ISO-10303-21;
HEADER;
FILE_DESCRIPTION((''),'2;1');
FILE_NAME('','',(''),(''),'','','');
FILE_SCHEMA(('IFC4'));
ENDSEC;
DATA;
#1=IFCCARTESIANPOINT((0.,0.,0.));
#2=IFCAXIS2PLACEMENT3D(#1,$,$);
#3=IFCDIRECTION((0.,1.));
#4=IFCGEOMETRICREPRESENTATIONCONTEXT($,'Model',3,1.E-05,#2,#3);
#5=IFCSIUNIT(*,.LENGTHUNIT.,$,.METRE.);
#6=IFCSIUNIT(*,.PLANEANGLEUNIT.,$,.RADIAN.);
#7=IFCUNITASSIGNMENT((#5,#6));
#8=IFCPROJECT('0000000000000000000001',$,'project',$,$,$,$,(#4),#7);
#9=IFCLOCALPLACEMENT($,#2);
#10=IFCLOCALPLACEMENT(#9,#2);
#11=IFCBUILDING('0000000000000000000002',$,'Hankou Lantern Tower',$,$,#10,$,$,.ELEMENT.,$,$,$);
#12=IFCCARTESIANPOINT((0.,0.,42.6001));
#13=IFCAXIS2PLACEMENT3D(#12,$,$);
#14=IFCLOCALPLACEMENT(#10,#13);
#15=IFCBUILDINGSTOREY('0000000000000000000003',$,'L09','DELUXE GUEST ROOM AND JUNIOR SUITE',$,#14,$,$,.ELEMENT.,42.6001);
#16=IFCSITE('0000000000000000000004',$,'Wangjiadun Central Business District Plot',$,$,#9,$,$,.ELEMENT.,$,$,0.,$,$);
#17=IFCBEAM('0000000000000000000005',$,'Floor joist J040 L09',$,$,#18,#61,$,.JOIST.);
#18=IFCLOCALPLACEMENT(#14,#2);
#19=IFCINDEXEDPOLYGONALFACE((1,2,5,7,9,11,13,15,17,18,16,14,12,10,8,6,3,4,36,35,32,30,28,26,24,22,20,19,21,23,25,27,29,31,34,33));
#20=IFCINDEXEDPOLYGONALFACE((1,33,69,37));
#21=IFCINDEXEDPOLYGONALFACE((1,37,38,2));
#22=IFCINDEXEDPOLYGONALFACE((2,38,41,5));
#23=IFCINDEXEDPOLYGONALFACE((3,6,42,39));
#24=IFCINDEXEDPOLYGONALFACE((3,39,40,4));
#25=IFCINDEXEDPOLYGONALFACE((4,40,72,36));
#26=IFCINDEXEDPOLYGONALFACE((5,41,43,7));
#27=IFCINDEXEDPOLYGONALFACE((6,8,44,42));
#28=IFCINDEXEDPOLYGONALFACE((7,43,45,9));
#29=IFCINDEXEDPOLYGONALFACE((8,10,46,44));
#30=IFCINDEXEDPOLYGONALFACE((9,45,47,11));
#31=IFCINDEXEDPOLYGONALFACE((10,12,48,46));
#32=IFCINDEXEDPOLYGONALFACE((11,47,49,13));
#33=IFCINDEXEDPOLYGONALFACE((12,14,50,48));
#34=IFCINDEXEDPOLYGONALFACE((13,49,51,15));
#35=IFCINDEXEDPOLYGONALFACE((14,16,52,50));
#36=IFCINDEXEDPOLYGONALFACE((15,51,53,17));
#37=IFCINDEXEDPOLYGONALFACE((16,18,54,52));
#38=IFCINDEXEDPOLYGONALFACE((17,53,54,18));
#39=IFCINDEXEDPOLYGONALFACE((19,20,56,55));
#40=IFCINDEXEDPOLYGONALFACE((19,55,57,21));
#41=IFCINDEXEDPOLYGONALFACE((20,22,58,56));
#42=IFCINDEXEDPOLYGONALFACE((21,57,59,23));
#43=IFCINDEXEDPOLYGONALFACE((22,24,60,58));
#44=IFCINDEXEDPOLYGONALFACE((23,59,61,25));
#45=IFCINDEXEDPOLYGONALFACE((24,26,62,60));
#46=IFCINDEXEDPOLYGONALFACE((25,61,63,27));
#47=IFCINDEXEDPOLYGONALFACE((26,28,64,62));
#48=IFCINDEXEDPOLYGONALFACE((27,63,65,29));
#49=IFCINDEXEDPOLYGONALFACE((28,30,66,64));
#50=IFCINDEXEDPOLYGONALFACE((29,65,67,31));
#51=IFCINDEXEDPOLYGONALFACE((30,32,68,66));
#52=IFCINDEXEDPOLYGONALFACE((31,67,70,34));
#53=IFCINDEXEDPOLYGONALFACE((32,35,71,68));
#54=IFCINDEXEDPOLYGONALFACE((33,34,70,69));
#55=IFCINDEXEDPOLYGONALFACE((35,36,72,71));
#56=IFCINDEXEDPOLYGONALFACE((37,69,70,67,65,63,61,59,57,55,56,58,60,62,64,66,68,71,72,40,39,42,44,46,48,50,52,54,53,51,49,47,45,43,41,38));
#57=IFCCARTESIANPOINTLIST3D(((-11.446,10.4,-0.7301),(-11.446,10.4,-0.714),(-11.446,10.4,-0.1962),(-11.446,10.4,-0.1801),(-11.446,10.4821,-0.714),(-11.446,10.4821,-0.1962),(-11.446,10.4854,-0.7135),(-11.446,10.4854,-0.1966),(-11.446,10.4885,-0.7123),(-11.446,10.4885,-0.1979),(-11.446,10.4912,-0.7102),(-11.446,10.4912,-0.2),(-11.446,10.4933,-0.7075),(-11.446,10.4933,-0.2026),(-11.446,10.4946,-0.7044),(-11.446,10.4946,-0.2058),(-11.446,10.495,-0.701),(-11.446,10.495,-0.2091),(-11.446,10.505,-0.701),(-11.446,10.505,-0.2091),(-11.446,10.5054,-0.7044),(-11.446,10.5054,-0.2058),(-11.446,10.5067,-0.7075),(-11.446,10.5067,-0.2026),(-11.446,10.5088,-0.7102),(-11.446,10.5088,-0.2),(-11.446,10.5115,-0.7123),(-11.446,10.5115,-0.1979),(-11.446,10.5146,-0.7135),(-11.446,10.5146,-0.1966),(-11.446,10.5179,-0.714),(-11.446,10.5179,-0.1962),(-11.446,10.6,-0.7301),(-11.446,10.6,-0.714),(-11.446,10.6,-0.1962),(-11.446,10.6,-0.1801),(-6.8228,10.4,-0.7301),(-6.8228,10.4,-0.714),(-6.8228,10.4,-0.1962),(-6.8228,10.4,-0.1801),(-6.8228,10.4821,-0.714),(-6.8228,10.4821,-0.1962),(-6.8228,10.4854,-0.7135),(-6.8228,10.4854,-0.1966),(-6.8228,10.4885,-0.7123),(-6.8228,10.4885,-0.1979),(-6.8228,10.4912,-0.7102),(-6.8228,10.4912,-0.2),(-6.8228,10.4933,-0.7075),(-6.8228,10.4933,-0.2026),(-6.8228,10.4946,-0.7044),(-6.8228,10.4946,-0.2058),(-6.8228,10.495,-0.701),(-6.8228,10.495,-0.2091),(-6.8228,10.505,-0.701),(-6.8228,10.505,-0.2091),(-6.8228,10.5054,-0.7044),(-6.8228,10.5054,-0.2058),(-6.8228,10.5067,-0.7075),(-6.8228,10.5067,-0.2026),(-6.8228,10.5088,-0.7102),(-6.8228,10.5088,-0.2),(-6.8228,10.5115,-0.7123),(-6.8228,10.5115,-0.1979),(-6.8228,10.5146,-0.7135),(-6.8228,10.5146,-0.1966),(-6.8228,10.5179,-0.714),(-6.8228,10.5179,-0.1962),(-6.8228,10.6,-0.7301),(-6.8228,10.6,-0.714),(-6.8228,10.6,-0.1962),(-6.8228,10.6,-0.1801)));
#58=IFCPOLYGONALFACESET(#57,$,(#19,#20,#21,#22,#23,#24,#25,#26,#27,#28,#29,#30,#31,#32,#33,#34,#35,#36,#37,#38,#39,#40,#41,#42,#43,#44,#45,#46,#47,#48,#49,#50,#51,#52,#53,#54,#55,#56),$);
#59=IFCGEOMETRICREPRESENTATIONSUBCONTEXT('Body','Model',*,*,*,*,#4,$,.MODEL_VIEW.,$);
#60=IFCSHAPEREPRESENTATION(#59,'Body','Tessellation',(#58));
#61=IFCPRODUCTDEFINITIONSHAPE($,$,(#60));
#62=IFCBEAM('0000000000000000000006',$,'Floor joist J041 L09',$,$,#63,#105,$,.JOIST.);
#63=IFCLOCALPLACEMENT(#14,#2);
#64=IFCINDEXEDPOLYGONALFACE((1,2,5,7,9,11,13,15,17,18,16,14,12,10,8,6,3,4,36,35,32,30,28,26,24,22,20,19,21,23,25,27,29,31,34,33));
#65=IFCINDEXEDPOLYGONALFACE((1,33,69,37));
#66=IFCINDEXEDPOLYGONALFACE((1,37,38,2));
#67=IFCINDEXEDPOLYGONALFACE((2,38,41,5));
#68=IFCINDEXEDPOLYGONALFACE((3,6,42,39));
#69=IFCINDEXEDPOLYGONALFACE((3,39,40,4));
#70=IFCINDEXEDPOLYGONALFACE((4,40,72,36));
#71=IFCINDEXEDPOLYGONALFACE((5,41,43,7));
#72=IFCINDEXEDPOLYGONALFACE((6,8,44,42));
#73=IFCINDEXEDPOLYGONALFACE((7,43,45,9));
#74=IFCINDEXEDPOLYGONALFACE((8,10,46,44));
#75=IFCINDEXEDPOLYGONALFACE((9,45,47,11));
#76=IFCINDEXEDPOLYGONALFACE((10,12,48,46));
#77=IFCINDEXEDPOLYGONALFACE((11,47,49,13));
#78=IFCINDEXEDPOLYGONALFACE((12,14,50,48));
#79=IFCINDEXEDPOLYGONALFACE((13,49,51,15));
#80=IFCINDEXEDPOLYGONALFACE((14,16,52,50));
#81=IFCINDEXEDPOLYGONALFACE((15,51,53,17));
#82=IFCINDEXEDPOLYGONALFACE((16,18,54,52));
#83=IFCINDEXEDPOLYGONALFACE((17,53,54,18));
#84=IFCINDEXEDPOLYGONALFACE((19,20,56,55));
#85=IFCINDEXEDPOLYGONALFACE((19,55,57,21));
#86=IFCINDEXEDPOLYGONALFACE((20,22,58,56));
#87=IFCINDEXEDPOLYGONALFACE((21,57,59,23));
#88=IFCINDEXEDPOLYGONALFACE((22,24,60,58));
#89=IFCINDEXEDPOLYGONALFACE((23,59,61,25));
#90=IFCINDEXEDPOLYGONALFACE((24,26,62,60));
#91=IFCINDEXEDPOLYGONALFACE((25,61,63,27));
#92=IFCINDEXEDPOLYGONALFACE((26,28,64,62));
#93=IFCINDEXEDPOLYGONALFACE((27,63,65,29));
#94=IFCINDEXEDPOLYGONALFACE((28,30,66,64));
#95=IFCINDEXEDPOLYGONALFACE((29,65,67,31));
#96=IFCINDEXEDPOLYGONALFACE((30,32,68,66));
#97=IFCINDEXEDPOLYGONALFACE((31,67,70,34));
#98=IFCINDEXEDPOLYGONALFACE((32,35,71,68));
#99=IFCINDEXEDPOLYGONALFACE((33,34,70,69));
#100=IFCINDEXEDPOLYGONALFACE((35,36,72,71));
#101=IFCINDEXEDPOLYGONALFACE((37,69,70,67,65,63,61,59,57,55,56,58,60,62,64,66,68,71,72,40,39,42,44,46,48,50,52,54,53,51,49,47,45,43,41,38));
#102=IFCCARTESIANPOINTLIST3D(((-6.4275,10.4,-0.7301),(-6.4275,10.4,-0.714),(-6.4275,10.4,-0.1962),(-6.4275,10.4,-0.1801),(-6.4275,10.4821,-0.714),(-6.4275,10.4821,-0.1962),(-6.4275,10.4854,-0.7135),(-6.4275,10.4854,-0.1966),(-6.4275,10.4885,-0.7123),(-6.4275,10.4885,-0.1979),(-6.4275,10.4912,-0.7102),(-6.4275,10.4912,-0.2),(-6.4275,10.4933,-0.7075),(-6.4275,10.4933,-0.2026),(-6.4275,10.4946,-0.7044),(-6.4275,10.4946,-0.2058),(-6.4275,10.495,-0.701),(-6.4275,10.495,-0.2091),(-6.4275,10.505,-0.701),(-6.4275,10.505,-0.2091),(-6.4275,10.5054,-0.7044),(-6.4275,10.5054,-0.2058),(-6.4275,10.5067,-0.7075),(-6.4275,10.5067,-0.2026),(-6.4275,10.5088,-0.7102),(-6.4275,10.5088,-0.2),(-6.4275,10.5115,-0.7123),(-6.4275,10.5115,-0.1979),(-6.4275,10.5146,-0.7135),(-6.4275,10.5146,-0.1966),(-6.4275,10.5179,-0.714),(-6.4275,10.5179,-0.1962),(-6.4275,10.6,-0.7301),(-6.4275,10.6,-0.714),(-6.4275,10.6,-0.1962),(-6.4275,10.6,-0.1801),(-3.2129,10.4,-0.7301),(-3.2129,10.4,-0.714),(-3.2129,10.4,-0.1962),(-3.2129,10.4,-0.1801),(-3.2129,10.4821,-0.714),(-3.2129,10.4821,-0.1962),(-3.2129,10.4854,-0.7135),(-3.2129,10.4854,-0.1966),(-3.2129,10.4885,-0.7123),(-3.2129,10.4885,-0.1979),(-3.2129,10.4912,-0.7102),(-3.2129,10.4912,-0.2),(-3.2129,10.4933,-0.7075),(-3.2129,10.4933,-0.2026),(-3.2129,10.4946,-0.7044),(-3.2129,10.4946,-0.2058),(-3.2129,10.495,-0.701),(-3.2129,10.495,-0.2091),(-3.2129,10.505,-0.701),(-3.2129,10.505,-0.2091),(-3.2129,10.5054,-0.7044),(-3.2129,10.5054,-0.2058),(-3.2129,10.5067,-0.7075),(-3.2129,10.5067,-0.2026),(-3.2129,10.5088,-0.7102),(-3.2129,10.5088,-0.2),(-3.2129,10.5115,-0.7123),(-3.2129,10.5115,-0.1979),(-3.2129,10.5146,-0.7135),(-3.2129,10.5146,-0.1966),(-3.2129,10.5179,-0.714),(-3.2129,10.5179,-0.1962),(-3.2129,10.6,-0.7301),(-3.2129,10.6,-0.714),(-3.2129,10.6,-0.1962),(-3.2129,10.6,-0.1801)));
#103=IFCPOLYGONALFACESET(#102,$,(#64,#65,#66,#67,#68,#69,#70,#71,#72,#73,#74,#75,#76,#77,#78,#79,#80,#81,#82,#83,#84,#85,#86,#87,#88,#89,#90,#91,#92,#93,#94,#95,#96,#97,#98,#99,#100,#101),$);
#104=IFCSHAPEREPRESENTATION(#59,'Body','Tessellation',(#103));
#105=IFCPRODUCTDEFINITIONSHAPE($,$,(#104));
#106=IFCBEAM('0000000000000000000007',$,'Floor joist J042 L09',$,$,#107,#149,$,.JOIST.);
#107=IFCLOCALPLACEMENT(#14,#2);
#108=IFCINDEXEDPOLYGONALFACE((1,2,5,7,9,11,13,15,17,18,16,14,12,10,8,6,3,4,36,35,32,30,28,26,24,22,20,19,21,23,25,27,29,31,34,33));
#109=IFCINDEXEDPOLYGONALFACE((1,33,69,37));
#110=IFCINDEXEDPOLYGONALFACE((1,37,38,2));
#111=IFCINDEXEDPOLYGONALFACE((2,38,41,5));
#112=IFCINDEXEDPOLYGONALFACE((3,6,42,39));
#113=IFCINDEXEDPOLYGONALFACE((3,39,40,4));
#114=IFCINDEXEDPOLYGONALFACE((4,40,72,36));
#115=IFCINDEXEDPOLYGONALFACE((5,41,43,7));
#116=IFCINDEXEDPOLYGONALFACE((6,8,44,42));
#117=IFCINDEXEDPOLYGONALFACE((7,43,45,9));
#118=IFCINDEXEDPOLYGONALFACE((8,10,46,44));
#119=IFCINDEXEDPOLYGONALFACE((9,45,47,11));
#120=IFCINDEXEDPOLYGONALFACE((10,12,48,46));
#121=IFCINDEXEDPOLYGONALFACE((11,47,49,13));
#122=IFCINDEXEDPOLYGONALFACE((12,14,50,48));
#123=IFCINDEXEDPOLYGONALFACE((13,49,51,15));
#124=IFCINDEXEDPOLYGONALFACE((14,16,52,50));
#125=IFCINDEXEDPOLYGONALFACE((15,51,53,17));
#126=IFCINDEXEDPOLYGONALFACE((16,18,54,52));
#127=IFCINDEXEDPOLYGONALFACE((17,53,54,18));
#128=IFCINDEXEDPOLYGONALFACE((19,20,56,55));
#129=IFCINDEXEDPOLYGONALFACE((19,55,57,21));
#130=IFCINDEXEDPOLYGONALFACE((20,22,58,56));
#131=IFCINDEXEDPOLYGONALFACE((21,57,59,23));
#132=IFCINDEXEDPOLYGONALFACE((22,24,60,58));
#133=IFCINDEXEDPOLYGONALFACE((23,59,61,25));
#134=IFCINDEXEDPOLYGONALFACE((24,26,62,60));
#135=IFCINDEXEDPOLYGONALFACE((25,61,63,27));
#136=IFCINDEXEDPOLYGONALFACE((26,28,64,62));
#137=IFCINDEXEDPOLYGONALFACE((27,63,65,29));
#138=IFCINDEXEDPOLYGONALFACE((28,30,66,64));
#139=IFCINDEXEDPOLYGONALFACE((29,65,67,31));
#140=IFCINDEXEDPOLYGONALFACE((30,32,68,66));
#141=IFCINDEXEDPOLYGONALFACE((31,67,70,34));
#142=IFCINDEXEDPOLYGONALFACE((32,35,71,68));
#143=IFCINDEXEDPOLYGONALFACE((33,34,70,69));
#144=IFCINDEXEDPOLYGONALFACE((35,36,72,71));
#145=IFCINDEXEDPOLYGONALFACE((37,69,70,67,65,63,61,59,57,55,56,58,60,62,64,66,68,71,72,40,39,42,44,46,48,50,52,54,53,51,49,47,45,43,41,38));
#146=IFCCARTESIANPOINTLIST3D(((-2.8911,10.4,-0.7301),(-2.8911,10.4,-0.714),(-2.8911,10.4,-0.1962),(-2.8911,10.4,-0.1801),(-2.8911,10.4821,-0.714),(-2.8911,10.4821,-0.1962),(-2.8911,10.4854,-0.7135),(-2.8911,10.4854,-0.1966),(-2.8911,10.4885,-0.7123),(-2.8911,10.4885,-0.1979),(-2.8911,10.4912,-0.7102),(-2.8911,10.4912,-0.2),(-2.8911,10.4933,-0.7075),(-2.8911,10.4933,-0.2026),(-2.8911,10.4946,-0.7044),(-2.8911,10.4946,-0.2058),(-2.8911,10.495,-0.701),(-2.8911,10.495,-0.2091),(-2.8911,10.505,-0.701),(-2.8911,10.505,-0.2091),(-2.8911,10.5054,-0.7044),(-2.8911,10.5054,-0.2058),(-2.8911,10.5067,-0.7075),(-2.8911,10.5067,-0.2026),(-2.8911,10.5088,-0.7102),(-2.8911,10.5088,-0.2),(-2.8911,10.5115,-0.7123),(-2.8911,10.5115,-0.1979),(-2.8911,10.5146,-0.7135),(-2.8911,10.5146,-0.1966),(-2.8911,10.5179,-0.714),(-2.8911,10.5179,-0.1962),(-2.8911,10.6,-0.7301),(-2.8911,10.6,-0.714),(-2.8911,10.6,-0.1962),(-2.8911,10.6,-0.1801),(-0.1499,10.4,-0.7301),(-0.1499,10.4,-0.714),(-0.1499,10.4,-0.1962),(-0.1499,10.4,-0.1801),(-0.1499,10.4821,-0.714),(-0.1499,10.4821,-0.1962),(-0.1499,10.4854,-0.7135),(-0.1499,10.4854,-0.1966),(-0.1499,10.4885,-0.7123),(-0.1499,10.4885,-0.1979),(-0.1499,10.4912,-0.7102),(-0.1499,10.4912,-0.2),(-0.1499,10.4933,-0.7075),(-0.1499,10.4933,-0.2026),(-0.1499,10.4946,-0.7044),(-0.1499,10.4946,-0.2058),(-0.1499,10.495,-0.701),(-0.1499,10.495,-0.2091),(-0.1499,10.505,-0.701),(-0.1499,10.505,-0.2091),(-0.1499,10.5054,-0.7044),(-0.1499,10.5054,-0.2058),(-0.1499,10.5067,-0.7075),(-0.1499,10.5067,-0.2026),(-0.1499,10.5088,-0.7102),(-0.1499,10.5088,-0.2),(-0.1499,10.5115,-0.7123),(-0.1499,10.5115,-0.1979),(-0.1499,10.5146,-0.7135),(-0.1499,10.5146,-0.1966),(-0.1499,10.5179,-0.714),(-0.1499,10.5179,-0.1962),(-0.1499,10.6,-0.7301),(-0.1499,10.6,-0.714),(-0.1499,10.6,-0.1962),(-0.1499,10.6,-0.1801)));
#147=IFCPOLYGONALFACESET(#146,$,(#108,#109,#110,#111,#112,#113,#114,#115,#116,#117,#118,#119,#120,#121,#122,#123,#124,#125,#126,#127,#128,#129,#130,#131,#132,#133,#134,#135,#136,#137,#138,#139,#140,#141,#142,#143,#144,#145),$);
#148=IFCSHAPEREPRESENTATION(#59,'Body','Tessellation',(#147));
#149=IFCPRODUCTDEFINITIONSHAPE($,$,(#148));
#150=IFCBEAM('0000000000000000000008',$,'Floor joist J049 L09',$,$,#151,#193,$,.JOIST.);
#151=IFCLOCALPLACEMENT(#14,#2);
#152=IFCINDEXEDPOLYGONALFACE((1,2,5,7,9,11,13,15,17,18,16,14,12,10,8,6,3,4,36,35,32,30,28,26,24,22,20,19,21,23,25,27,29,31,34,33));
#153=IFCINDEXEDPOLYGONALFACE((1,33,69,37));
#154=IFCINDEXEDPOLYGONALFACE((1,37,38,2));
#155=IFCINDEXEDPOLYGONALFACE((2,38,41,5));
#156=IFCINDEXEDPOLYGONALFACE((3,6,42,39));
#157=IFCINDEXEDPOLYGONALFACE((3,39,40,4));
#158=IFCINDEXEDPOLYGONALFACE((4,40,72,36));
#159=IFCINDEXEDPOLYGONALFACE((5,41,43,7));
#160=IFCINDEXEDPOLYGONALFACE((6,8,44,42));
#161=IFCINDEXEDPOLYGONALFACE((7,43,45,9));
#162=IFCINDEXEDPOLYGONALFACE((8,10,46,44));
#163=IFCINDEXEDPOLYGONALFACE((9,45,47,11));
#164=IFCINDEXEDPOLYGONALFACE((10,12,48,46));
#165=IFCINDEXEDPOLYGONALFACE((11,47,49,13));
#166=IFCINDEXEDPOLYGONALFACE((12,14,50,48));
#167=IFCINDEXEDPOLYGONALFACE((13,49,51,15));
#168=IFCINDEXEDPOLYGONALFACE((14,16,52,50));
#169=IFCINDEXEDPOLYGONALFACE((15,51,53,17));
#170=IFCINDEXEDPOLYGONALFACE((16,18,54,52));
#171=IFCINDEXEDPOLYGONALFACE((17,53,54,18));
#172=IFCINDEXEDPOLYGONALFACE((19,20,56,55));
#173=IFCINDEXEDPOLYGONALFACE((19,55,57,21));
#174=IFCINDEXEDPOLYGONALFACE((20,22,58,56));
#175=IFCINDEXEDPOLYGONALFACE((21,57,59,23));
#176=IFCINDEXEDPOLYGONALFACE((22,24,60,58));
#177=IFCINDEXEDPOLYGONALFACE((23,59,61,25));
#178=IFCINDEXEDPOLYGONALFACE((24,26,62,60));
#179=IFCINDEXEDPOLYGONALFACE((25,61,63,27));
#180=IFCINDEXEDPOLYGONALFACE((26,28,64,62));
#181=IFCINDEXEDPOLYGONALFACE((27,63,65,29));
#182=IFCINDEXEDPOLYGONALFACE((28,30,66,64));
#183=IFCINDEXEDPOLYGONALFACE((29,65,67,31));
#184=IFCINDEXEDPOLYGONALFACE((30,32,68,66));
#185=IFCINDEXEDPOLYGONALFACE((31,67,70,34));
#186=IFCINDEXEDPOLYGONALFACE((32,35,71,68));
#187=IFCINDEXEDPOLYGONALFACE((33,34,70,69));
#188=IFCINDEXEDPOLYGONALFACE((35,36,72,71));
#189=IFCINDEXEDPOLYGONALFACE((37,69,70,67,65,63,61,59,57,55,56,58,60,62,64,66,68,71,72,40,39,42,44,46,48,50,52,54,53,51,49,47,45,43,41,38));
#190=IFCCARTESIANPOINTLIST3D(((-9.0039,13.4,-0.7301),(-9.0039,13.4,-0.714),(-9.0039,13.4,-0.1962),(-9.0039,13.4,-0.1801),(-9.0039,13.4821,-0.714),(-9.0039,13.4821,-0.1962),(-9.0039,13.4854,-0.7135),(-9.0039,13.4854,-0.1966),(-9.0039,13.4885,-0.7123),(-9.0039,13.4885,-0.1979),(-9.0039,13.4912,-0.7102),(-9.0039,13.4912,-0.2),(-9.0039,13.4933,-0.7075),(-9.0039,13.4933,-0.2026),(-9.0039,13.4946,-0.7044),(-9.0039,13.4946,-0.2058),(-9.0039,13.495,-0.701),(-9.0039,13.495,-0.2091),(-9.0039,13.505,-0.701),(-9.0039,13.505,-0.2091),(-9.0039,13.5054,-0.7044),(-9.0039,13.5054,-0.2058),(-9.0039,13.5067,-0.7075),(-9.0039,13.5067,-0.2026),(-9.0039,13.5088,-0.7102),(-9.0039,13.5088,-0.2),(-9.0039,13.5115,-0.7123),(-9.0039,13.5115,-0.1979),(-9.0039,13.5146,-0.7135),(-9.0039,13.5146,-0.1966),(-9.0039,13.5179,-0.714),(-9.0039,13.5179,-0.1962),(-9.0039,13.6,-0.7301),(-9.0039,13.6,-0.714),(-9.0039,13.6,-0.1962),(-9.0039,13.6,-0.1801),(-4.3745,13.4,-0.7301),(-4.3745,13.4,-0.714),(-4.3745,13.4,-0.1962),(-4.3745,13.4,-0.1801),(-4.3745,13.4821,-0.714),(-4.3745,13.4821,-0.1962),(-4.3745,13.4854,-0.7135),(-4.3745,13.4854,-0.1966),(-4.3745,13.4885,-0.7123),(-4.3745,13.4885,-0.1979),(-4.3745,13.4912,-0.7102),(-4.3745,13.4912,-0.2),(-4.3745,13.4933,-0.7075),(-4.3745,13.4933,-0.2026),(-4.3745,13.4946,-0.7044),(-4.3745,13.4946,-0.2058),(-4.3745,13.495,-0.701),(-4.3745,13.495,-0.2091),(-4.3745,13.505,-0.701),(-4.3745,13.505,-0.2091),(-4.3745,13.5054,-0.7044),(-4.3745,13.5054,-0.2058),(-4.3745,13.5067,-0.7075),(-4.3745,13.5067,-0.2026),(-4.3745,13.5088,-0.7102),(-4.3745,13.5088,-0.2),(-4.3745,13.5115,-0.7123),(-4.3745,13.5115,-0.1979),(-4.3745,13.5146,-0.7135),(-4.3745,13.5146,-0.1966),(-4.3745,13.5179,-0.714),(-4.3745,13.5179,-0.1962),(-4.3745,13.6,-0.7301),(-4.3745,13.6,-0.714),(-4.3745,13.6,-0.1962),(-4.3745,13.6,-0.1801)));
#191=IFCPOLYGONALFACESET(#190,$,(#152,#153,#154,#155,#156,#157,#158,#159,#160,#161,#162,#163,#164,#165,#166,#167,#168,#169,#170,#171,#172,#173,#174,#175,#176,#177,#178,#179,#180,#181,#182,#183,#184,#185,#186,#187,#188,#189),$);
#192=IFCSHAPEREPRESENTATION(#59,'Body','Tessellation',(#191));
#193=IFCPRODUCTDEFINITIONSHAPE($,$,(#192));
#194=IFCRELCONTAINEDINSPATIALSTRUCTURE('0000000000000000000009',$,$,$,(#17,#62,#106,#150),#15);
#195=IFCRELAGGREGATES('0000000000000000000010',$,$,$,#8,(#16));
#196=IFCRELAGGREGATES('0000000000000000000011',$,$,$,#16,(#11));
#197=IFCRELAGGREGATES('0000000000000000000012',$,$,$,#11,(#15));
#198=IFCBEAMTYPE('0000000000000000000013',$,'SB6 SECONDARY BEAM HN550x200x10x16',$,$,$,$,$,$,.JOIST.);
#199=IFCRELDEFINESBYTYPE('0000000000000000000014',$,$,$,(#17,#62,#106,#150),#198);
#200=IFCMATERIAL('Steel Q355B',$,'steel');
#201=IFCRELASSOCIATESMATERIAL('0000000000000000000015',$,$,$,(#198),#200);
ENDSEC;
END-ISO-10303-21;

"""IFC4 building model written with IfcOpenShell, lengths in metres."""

from ifc_helpers import new_model, si_unit, direction, frame, origin, origin_2d, place, context, subcontext, project, spatial, i_section, extrude, material, material_profile, profile_set, type_object, element, save


model = new_model("IFC4")

# Units and contexts
model_context = context("Model", 3, precision=1e-05, world=origin(), true_north=direction((0.0, 1.0)))
body_context = subcontext(model_context, "Body", "Model", "MODEL_VIEW")
ifc_project = project(units=[si_unit("LENGTHUNIT", "METRE"), si_unit("PLANEANGLEUNIT", "RADIAN")], contexts=[model_context])

# Site, building, storey
site_placement = place(None, origin())
site = spatial("IfcSite", under=ifc_project, at=site_placement, Name="Wangjiadun Central Business District Plot", CompositionType="ELEMENT", RefElevation=0.0)
building_placement = place(site_placement, origin())
building = spatial("IfcBuilding", under=site, at=building_placement, Name="Hankou Lantern Tower", CompositionType="ELEMENT")
storey_placement = place(building_placement, frame((0.0, 0.0, 42.6001)))
storey = spatial("IfcBuildingStorey", under=building, at=storey_placement, Name="L09", Description="DELUXE GUEST ROOM AND JUNIOR SUITE", CompositionType="ELEMENT", Elevation=42.6001)

# Beams
ifc_material_1 = material(Name="Steel Q355B", Category="steel")
ifc_material_profile_1 = material_profile(ifc_material_1, i_section(OverallWidth=0.2, OverallDepth=0.55, WebThickness=0.01, FlangeThickness=0.0161, FilletRadius=0.0129, at=origin_2d()), Name="HN550x200x10x16")
ifc_profile_set_1 = profile_set([ifc_material_profile_1], Name="Steel Q355B")
beam_type_1 = type_object("IfcBeamType", Name="SB6 SECONDARY BEAM HN550x200x10x16", PredefinedType="JOIST", material=ifc_profile_set_1)
beam_1_placement = place(storey_placement, frame((-11.446, 10.5, -0.4551), z_axis=(1.0, 0.0, 0.0), x_axis=(0.0, 1.0, 0.0)))
element("IfcBeam", 1, at=beam_1_placement, inside=storey, type_object=beam_type_1, Name="Floor joist J040 L09", PredefinedType="JOIST", context=body_context, shape_type="SweptSolid", body=[
    extrude(i_section(OverallWidth=0.2, OverallDepth=0.55, WebThickness=0.01, FlangeThickness=0.0161, FilletRadius=0.0129, at=origin_2d()), origin(), (0.0, 0.0, 1.0), 4.6233),
])
beam_2_placement = place(storey_placement, frame((-6.4275, 10.5, -0.4551), z_axis=(1.0, 0.0, 0.0), x_axis=(0.0, 1.0, 0.0)))
element("IfcBeam", 2, at=beam_2_placement, inside=storey, type_object=beam_type_1, Name="Floor joist J041 L09", PredefinedType="JOIST", context=body_context, shape_type="SweptSolid", body=[
    extrude(i_section(OverallWidth=0.2, OverallDepth=0.55, WebThickness=0.01, FlangeThickness=0.0161, FilletRadius=0.0129, at=origin_2d()), origin(), (0.0, 0.0, 1.0), 3.2146),
])
beam_3_placement = place(storey_placement, frame((-2.8911, 10.5, -0.4551), z_axis=(1.0, 0.0, 0.0), x_axis=(0.0, 1.0, 0.0)))
element("IfcBeam", 3, at=beam_3_placement, inside=storey, type_object=beam_type_1, Name="Floor joist J042 L09", PredefinedType="JOIST", context=body_context, shape_type="SweptSolid", body=[
    extrude(i_section(OverallWidth=0.2, OverallDepth=0.55, WebThickness=0.01, FlangeThickness=0.0161, FilletRadius=0.0129, at=origin_2d()), origin(), (0.0, 0.0, 1.0), 2.7412),
])
beam_4_placement = place(storey_placement, frame((-9.0039, 13.5, -0.4551), z_axis=(1.0, 0.0, 0.0), x_axis=(0.0, 1.0, 0.0)))
element("IfcBeam", 4, at=beam_4_placement, inside=storey, type_object=beam_type_1, Name="Floor joist J049 L09", PredefinedType="JOIST", context=body_context, shape_type="SweptSolid", body=[
    extrude(i_section(OverallWidth=0.2, OverallDepth=0.55, WebThickness=0.01, FlangeThickness=0.0161, FilletRadius=0.0129, at=origin_2d()), origin(), (0.0, 0.0, 1.0), 4.6294),
])

save(model, "model.ifc")
